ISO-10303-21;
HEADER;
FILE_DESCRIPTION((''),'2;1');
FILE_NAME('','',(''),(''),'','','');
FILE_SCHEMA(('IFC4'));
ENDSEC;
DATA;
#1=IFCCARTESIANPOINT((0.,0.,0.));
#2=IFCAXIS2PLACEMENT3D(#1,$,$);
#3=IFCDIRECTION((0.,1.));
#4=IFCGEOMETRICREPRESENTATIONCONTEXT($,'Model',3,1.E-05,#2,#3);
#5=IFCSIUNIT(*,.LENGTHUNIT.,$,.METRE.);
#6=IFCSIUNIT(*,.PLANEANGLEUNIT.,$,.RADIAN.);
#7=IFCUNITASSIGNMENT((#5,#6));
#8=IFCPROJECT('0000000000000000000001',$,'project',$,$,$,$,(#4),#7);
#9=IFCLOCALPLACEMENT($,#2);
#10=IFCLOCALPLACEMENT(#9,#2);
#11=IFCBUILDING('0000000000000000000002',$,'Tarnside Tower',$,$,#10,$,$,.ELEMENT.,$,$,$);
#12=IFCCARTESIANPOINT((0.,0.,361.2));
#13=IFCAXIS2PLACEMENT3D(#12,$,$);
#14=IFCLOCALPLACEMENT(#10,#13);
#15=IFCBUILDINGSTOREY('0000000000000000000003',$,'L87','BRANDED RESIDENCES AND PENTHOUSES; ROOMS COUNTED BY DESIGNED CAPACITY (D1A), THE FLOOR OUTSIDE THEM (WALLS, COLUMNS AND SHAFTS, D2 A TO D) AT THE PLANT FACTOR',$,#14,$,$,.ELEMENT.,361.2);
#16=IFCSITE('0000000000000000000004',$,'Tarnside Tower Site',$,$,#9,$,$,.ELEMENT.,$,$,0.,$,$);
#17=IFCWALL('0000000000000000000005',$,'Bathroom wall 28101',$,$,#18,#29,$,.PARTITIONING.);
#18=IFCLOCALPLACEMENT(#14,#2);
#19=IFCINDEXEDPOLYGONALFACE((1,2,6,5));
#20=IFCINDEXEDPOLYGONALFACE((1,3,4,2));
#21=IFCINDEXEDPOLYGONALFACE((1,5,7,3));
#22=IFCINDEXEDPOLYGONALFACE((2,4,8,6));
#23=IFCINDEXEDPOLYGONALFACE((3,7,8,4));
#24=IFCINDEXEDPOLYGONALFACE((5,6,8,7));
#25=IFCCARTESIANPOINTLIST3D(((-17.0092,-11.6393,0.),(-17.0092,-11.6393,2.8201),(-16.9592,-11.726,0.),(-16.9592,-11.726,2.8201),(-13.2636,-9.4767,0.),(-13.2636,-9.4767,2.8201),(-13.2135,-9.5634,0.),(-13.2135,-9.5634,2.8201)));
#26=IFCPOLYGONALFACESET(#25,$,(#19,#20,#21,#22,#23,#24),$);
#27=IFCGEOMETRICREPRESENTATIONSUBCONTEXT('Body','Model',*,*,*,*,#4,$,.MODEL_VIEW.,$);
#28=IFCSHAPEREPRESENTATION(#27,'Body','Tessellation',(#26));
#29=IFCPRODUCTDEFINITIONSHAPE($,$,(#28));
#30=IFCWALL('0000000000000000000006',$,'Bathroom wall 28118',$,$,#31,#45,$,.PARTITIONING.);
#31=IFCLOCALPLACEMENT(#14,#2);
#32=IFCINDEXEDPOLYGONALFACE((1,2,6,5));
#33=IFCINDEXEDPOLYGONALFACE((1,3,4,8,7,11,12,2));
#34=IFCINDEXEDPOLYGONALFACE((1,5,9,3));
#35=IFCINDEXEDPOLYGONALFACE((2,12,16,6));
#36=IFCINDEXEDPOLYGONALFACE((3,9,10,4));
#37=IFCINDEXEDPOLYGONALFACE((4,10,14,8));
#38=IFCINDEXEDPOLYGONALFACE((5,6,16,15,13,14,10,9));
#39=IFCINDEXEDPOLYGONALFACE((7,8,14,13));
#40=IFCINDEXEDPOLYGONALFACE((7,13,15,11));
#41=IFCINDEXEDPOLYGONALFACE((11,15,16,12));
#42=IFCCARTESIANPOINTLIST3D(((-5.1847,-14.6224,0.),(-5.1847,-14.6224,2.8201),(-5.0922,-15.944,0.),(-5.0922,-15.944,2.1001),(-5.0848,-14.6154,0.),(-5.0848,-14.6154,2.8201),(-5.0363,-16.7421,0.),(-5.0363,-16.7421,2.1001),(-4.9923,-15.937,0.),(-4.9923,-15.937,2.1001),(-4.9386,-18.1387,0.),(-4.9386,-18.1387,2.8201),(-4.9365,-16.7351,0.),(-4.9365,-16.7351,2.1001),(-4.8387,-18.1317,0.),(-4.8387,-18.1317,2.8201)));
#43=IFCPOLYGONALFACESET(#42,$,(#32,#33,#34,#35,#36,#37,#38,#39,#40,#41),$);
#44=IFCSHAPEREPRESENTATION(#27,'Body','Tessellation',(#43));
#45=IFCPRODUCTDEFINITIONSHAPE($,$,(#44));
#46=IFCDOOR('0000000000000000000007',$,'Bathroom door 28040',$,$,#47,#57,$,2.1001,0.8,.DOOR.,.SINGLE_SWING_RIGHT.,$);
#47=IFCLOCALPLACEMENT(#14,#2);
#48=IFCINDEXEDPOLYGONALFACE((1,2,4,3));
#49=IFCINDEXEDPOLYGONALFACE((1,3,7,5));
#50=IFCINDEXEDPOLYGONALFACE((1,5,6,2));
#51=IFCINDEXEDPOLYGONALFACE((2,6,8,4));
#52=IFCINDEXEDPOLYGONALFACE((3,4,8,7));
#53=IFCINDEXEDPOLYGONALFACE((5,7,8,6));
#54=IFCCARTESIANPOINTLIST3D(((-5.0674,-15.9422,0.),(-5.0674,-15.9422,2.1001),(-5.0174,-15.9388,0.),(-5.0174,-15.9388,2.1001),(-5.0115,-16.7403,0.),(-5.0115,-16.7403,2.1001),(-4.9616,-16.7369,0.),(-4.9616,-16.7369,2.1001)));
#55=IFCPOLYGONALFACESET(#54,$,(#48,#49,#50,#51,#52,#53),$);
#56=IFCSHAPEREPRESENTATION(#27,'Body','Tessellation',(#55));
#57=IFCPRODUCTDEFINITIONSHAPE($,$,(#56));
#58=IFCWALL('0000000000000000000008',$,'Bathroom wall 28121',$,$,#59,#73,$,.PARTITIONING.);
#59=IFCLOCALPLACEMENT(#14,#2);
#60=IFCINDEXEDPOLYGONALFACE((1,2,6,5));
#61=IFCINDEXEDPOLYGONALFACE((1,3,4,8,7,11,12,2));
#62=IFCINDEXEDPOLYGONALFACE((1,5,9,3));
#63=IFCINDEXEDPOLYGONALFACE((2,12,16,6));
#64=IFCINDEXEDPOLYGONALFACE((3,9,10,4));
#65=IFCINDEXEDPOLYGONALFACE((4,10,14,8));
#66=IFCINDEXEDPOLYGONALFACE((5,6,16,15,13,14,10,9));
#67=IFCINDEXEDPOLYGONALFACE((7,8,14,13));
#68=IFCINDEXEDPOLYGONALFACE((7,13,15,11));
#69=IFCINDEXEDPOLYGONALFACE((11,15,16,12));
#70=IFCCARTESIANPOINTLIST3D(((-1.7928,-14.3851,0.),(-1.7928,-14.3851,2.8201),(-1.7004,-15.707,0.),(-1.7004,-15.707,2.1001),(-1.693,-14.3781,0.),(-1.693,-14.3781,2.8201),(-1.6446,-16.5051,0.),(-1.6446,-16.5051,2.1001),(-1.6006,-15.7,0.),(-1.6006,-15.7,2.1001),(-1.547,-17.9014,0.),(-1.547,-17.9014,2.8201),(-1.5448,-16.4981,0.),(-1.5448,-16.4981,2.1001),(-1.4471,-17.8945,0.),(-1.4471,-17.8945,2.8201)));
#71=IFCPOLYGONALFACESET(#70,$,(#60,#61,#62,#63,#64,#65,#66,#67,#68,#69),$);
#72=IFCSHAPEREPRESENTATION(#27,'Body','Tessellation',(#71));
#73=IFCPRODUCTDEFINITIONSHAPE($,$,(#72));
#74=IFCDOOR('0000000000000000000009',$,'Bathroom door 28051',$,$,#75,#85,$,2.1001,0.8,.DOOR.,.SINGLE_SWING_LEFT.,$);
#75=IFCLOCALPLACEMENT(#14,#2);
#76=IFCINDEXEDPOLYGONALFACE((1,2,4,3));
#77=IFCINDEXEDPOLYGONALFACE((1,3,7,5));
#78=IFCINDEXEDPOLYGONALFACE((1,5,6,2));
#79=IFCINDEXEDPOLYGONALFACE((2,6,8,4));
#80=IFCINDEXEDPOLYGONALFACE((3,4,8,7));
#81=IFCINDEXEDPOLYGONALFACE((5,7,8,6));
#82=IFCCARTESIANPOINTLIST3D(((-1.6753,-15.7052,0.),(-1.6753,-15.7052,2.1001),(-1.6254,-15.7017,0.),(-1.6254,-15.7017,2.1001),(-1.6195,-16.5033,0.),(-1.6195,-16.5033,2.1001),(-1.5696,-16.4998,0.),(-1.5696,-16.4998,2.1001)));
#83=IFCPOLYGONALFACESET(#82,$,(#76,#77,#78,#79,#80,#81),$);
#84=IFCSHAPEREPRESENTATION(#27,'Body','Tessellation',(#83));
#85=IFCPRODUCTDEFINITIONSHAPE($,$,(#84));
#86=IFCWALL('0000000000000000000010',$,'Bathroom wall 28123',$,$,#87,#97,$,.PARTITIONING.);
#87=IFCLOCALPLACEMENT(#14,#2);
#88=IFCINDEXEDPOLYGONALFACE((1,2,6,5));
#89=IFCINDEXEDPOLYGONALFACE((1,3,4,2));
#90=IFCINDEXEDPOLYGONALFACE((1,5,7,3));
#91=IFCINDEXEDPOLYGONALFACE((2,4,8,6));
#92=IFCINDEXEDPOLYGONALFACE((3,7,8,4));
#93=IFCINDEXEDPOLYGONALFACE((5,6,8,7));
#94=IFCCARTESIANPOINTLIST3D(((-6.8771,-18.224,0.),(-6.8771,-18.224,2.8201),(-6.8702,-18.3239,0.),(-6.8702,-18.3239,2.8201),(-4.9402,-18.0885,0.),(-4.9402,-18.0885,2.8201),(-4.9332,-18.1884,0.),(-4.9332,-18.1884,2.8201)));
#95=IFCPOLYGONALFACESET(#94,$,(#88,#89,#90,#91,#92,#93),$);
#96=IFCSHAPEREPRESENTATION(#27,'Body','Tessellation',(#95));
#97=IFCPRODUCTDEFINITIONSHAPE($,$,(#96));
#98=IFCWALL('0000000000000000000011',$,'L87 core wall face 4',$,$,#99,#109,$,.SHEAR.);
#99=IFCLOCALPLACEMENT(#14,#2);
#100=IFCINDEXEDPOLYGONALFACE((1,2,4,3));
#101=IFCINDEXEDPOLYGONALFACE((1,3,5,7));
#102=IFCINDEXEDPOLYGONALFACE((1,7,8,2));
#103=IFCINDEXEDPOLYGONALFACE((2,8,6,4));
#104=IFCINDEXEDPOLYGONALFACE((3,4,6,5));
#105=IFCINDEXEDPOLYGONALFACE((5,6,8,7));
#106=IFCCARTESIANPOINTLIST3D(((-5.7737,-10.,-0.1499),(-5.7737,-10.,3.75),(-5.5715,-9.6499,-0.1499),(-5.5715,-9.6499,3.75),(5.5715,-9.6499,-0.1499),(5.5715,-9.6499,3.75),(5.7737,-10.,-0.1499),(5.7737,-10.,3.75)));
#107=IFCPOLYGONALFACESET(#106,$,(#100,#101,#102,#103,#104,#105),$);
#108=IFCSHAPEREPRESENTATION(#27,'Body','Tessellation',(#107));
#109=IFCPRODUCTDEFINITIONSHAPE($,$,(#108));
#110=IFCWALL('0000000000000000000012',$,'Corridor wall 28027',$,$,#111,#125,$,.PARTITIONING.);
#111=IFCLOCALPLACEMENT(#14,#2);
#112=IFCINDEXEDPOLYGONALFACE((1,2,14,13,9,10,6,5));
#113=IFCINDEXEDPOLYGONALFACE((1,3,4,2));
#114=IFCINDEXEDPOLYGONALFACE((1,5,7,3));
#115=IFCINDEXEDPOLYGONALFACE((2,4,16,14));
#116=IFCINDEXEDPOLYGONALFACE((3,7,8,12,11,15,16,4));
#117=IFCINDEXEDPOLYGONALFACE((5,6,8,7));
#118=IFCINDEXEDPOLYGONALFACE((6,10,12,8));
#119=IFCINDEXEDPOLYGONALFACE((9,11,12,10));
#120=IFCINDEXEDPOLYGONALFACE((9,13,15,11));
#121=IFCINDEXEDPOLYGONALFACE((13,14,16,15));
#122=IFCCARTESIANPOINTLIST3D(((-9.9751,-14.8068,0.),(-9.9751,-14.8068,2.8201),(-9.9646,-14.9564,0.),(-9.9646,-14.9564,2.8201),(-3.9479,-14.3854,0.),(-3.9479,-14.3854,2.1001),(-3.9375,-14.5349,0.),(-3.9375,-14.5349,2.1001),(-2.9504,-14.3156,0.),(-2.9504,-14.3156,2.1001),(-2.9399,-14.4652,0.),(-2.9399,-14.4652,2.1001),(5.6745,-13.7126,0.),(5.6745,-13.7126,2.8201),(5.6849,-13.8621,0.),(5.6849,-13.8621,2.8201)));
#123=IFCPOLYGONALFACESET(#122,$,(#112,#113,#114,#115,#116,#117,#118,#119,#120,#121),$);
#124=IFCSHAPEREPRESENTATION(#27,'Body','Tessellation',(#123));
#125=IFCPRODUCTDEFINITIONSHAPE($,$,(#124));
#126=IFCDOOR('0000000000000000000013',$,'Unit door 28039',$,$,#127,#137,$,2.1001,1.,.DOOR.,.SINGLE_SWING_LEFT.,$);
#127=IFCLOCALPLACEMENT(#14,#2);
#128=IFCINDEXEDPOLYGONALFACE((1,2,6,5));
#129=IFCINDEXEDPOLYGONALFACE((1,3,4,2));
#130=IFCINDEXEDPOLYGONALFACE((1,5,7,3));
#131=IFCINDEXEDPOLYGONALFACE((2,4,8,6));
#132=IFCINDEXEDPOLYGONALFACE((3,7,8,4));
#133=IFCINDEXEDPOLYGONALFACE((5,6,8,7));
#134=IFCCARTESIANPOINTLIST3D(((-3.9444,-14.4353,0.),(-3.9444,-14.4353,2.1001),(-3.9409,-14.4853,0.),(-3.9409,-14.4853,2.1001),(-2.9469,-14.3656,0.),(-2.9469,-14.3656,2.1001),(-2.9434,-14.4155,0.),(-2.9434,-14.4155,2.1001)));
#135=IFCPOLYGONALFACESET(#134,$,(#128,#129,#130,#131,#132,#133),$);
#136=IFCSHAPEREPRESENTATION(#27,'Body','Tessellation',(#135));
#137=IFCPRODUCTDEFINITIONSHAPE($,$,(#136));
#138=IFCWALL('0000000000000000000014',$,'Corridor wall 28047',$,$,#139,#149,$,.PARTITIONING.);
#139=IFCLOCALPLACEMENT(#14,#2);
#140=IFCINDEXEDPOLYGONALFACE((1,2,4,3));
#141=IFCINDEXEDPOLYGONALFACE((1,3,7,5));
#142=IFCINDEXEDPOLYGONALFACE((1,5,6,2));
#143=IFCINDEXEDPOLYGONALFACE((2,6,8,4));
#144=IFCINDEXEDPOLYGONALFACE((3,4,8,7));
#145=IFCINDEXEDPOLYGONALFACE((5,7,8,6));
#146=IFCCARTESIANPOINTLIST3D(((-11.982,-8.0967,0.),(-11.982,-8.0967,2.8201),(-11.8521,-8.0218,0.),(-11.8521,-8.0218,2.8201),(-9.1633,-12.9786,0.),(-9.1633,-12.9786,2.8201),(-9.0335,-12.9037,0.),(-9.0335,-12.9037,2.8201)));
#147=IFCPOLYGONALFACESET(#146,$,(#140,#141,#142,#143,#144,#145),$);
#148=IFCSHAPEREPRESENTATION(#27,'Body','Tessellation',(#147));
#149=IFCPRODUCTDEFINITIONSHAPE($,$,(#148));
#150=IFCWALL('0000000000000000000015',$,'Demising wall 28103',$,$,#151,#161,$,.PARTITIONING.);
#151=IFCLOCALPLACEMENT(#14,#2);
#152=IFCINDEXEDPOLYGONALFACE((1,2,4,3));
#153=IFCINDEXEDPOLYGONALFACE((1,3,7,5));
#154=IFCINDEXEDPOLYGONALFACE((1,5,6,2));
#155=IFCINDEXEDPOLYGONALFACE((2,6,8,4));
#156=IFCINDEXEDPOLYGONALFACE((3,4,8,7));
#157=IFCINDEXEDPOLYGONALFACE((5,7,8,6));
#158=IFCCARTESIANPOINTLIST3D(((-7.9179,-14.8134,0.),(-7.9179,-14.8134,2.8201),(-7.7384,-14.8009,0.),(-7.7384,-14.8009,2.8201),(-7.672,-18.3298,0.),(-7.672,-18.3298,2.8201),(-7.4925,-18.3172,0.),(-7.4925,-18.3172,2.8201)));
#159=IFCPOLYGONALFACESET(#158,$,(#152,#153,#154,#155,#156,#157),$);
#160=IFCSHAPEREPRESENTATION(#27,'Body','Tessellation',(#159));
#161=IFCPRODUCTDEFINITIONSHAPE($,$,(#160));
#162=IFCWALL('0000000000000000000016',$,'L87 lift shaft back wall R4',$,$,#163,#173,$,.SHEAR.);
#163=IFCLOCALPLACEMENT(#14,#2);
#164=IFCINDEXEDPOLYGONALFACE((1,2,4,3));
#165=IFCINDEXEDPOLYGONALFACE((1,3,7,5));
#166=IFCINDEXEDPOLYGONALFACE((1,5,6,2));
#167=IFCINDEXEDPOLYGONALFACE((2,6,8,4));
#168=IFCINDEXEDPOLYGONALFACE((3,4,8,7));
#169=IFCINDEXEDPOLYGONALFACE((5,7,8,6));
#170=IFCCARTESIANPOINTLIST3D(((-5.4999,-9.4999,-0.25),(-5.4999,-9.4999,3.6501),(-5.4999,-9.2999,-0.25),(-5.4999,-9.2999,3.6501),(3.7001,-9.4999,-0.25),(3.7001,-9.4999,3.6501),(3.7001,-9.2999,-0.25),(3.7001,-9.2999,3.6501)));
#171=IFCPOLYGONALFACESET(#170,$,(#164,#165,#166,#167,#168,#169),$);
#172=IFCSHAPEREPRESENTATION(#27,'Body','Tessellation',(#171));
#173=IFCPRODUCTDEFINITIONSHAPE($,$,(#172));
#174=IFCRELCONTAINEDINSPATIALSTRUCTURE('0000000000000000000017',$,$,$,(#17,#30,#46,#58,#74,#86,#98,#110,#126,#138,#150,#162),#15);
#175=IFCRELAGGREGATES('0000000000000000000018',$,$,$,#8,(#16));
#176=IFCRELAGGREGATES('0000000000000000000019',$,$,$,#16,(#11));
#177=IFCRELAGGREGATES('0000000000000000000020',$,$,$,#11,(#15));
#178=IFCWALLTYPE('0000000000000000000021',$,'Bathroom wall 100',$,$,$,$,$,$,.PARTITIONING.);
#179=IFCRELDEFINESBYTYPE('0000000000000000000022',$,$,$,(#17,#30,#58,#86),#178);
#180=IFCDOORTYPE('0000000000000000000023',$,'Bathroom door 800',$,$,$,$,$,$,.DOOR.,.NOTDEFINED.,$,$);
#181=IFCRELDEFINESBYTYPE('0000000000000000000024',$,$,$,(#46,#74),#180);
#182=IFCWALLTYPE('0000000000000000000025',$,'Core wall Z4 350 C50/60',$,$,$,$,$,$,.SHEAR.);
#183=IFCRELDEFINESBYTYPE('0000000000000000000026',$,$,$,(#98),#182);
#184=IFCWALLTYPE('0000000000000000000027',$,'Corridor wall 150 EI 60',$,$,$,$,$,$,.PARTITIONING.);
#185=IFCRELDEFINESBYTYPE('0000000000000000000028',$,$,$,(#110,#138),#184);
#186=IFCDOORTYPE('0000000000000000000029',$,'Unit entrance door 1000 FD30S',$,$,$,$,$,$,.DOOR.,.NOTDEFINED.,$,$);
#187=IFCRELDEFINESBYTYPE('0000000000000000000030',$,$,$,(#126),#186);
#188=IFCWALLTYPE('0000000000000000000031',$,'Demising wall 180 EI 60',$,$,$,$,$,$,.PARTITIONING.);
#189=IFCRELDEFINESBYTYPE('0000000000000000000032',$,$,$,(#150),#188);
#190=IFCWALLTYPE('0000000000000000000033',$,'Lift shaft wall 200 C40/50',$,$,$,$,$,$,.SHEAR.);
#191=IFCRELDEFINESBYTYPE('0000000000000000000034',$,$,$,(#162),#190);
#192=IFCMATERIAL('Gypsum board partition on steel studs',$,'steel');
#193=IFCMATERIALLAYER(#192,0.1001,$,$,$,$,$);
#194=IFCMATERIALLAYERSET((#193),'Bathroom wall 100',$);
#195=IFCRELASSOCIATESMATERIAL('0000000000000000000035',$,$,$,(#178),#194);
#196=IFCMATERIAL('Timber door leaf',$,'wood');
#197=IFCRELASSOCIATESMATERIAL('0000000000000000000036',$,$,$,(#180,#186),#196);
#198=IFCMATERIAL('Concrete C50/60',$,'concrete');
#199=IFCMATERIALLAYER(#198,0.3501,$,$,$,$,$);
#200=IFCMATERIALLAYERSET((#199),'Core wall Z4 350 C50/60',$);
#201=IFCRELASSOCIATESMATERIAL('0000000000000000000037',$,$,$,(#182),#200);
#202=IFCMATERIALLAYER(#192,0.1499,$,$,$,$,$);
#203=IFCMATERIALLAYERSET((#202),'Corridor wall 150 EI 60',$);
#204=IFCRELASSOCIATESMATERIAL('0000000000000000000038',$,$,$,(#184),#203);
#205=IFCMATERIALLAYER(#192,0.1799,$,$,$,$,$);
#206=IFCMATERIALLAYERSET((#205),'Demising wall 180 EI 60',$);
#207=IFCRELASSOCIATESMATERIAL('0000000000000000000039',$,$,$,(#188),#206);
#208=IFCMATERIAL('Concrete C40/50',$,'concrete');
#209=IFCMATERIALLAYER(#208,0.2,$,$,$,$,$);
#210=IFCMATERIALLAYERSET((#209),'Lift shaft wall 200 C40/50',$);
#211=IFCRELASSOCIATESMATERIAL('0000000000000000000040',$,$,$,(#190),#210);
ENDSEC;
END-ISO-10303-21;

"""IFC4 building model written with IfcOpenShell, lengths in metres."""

from ifc_helpers import new_model, si_unit, direction, frame, frame_2d, origin, place, context, subcontext, project, spatial, polyline, rectangle, outline, extrude, material, layer, layer_set, type_object, element, fill, save


model = new_model("IFC4")

# Units and contexts
model_context = context("Model", 3, precision=1e-05, world=origin(), true_north=direction((0.0, 1.0)))
body_context = subcontext(model_context, "Body", "Model", "MODEL_VIEW")
ifc_project = project(units=[si_unit("LENGTHUNIT", "METRE"), si_unit("PLANEANGLEUNIT", "RADIAN")], contexts=[model_context])

# Site, building, storey
site_placement = place(None, origin())
site = spatial("IfcSite", under=ifc_project, at=site_placement, Name="Tarnside Tower Site", CompositionType="ELEMENT", RefElevation=0.0)
building_placement = place(site_placement, origin())
building = spatial("IfcBuilding", under=site, at=building_placement, Name="Tarnside Tower", CompositionType="ELEMENT")
storey_placement = place(building_placement, frame((0.0, 0.0, 361.2)))
storey = spatial("IfcBuildingStorey", under=building, at=storey_placement, Name="L87", Description="BRANDED RESIDENCES AND PENTHOUSES; ROOMS COUNTED BY DESIGNED CAPACITY (D1A), THE FLOOR OUTSIDE THEM (WALLS, COLUMNS AND SHAFTS, D2 A TO D) AT THE PLANT FACTOR", CompositionType="ELEMENT", Elevation=361.2)

# Wall
ifc_material_1 = material(Name="Gypsum board partition on steel studs", Category="steel")
ifc_layer_1 = layer(ifc_material_1, 0.1001)
ifc_layer_set_1 = layer_set([ifc_layer_1], Name="Bathroom wall 100")
wall_type_1 = type_object("IfcWallType", Name="Bathroom wall 100", PredefinedType="PARTITIONING", material=ifc_layer_set_1)
wall_1_placement = place(storey_placement, frame((-13.2385, -9.52, 0.0), z_axis=(0.0, 0.0, 1.0), x_axis=(-0.866018, -0.500012, 0.0)))
element("IfcWall", 1, at=wall_1_placement, inside=storey, type_object=wall_type_1, Name="Bathroom wall 28101", PredefinedType="PARTITIONING", context=body_context, shape_type="SweptSolid", body=[
    extrude(rectangle(XDim=4.3252, YDim=0.1001, at=frame_2d((2.1626, 0.0))), origin(), (0.0, 0.0, 1.0), 2.8201),
])

# Walls, openings, doors
wall_2_placement = place(storey_placement, frame((-5.1348, -14.6189, 0.0), z_axis=(0.0, 0.0, 1.0), x_axis=(0.069815, -0.99756, 0.0)))
wall_2 = element("IfcWall", 2, at=wall_2_placement, inside=storey, type_object=wall_type_1, Name="Bathroom wall 28118", PredefinedType="PARTITIONING", context=body_context, shape_type="SweptSolid", body=[
    extrude(rectangle(XDim=3.5249, YDim=0.1001, at=frame_2d((1.7625, 0.0))), origin(), (0.0, 0.0, 1.0), 2.8201),
])
opening_1_placement = place(wall_2_placement, frame((1.325, 0.0, 0.0)))
opening_1 = element("IfcOpeningElement", 3, at=opening_1_placement, cuts=wall_2, PredefinedType="OPENING", context=body_context, shape_type="SweptSolid", body=[
    extrude(rectangle(XDim=0.8, YDim=2.1001, at=frame_2d((0.3999, 1.05))), frame((0.0, 0.0601, 0.0), z_axis=(0.0, -1.0, 0.0), x_axis=(1.0, 0.0, 0.0)), (0.0, 0.0, 1.0), 0.1201),
])
ifc_material_2 = material(Name="Timber door leaf", Category="wood")
door_type_1 = type_object("IfcDoorType", Name="Bathroom door 800", OperationType="NOTDEFINED", PredefinedType="DOOR", material=ifc_material_2)
door_1_placement = place(opening_1_placement, origin())
door_1 = element("IfcDoor", 4, at=door_1_placement, inside=storey, type_object=door_type_1, Name="Bathroom door 28040", OperationType="SINGLE_SWING_RIGHT", OverallHeight=2.1001, OverallWidth=0.8, PredefinedType="DOOR", context=body_context, shape_type="SweptSolid", body=[
    extrude(rectangle(XDim=0.8, YDim=2.1001, at=frame_2d((0.3999, 1.05))), frame((0.0, 0.0249, 0.0), z_axis=(0.0, -1.0, 0.0), x_axis=(1.0, 0.0, 0.0)), (0.0, 0.0, 1.0), 0.05),
])
fill(opening_1, door_1)
wall_3_placement = place(storey_placement, frame((-1.4971, -17.8979, 0.0), z_axis=(0.0, 0.0, 1.0), x_axis=(-0.069746, 0.997565, 0.0)))
wall_3 = element("IfcWall", 5, at=wall_3_placement, inside=storey, type_object=wall_type_1, Name="Bathroom wall 28121", PredefinedType="PARTITIONING", context=body_context, shape_type="SweptSolid", body=[
    extrude(rectangle(XDim=3.5249, YDim=0.1001, at=frame_2d((1.7625, 0.0))), origin(), (0.0, 0.0, 1.0), 2.8201),
])
opening_2_placement = place(wall_3_placement, frame((1.3999, 0.0, 0.0)))
opening_2 = element("IfcOpeningElement", 6, at=opening_2_placement, cuts=wall_3, PredefinedType="OPENING", context=body_context, shape_type="SweptSolid", body=[
    extrude(rectangle(XDim=0.8, YDim=2.1001, at=frame_2d((0.3999, 1.05))), frame((0.0, 0.0601, 0.0), z_axis=(0.0, -1.0, 0.0), x_axis=(1.0, 0.0, 0.0)), (0.0, 0.0, 1.0), 0.1201),
])
door_2_placement = place(opening_2_placement, origin())
door_2 = element("IfcDoor", 7, at=door_2_placement, inside=storey, type_object=door_type_1, Name="Bathroom door 28051", OperationType="SINGLE_SWING_LEFT", OverallHeight=2.1001, OverallWidth=0.8, PredefinedType="DOOR", context=body_context, shape_type="SweptSolid", body=[
    extrude(rectangle(XDim=0.8, YDim=2.1001, at=frame_2d((0.3999, 1.05))), frame((0.0, 0.0249, 0.0), z_axis=(0.0, -1.0, 0.0), x_axis=(1.0, 0.0, 0.0)), (0.0, 0.0, 1.0), 0.05),
])
fill(opening_2, door_2)

# Walls
wall_4_placement = place(storey_placement, frame((-6.8735, -18.2739, 0.0), z_axis=(0.0, 0.0, 1.0), x_axis=(0.997562, 0.069782, 0.0)))
element("IfcWall", 8, at=wall_4_placement, inside=storey, type_object=wall_type_1, Name="Bathroom wall 28123", PredefinedType="PARTITIONING", context=body_context, shape_type="SweptSolid", body=[
    extrude(rectangle(XDim=1.9417, YDim=0.1001, at=frame_2d((0.9707, 0.0))), origin(), (0.0, 0.0, 1.0), 2.8201),
])
ifc_material_3 = material(Name="Concrete C50/60", Category="concrete")
ifc_layer_2 = layer(ifc_material_3, 0.3501)
ifc_layer_set_2 = layer_set([ifc_layer_2], Name="Core wall Z4 350 C50/60")
wall_type_2 = type_object("IfcWallType", Name="Core wall Z4 350 C50/60", PredefinedType="SHEAR", material=ifc_layer_set_2)
wall_5_placement = place(storey_placement, frame((-5.6726, -9.825, -0.1499), z_axis=(0.0, 0.0, 1.0), x_axis=(1.0, 0.0, 0.0)))
element("IfcWall", 9, at=wall_5_placement, inside=storey, type_object=wall_type_2, Name="L87 core wall face 4", PredefinedType="SHEAR", context=body_context, shape_type="SweptSolid", body=[
    extrude(outline(polyline([(-0.1011, -0.175), (11.4463, -0.175), (11.2441, 0.175), (0.1011, 0.175), (-0.1011, -0.175)])), origin(), (0.0, 0.0, 1.0), 3.8999),
])

# Wall, opening, door
ifc_layer_3 = layer(ifc_material_1, 0.1499)
ifc_layer_set_3 = layer_set([ifc_layer_3], Name="Corridor wall 150 EI 60")
wall_type_3 = type_object("IfcWallType", Name="Corridor wall 150 EI 60", PredefinedType="PARTITIONING", material=ifc_layer_set_3)
wall_6_placement = place(storey_placement, frame((-9.9697, -14.8816, 0.0), z_axis=(0.0, 0.0, 1.0), x_axis=(0.997564, 0.069752, 0.0)))
wall_6 = element("IfcWall", 10, at=wall_6_placement, inside=storey, type_object=wall_type_3, Name="Corridor wall 28027", PredefinedType="PARTITIONING", context=body_context, shape_type="SweptSolid", body=[
    extrude(rectangle(XDim=15.6877, YDim=0.1499, at=frame_2d((7.8438, 0.0))), origin(), (0.0, 0.0, 1.0), 2.8201),
])
opening_3_placement = place(wall_6_placement, frame((6.0417, 0.0, 0.0)))
opening_3 = element("IfcOpeningElement", 11, at=opening_3_placement, cuts=wall_6, PredefinedType="OPENING", context=body_context, shape_type="SweptSolid", body=[
    extrude(rectangle(XDim=1.0, YDim=2.1001, at=frame_2d((0.5, 1.05))), frame((0.0, 0.085, 0.0), z_axis=(0.0, -1.0, 0.0), x_axis=(1.0, 0.0, 0.0)), (0.0, 0.0, 1.0), 0.1699),
])
door_type_2 = type_object("IfcDoorType", Name="Unit entrance door 1000 FD30S", OperationType="NOTDEFINED", PredefinedType="DOOR", material=ifc_material_2)
door_3_placement = place(opening_3_placement, origin())
door_3 = element("IfcDoor", 12, at=door_3_placement, inside=storey, type_object=door_type_2, Name="Unit door 28039", OperationType="SINGLE_SWING_LEFT", OverallHeight=2.1001, OverallWidth=1.0, PredefinedType="DOOR", context=body_context, shape_type="SweptSolid", body=[
    extrude(rectangle(XDim=1.0, YDim=2.1001, at=frame_2d((0.5, 1.05))), frame((0.0, 0.0249, 0.0), z_axis=(0.0, -1.0, 0.0), x_axis=(1.0, 0.0, 0.0)), (0.0, 0.0, 1.0), 0.05),
])
fill(opening_3, door_3)

# Walls
wall_7_placement = place(storey_placement, frame((-9.0984, -12.9412, 0.0), z_axis=(0.0, 0.0, 1.0), x_axis=(-0.50001, 0.86602, 0.0)))
element("IfcWall", 13, at=wall_7_placement, inside=storey, type_object=wall_type_3, Name="Corridor wall 28047", PredefinedType="PARTITIONING", context=body_context, shape_type="SweptSolid", body=[
    extrude(rectangle(XDim=5.6372, YDim=0.1499, at=frame_2d((2.8186, 0.0))), origin(), (0.0, 0.0, 1.0), 2.8201),
])
ifc_layer_4 = layer(ifc_material_1, 0.1799)
ifc_layer_set_4 = layer_set([ifc_layer_4], Name="Demising wall 180 EI 60")
wall_type_4 = type_object("IfcWallType", Name="Demising wall 180 EI 60", PredefinedType="PARTITIONING", material=ifc_layer_set_4)
wall_8_placement = place(storey_placement, frame((-7.5823, -18.3235, 0.0), z_axis=(0.0, 0.0, 1.0), x_axis=(-0.069746, 0.997565, 0.0)))
element("IfcWall", 14, at=wall_8_placement, inside=storey, type_object=wall_type_4, Name="Demising wall 28103", PredefinedType="PARTITIONING", context=body_context, shape_type="SweptSolid", body=[
    extrude(rectangle(XDim=3.5249, YDim=0.1799, at=frame_2d((1.7625, 0.0))), origin(), (0.0, 0.0, 1.0), 2.8201),
])
ifc_material_4 = material(Name="Concrete C40/50", Category="concrete")
ifc_layer_5 = layer(ifc_material_4, 0.2)
ifc_layer_set_5 = layer_set([ifc_layer_5], Name="Lift shaft wall 200 C40/50")
wall_type_5 = type_object("IfcWallType", Name="Lift shaft wall 200 C40/50", PredefinedType="SHEAR", material=ifc_layer_set_5)
wall_9_placement = place(storey_placement, frame((-5.5, -9.3999, -0.25), z_axis=(0.0, 0.0, 1.0), x_axis=(1.0, 0.0, 0.0)))
element("IfcWall", 15, at=wall_9_placement, inside=storey, type_object=wall_type_5, Name="L87 lift shaft back wall R4", PredefinedType="SHEAR", context=body_context, shape_type="SweptSolid", body=[
    extrude(rectangle(XDim=9.2, YDim=0.2, at=frame_2d((4.6001, 0.0))), origin(), (0.0, 0.0, 1.0), 3.9001),
])

save(model, "model.ifc")
